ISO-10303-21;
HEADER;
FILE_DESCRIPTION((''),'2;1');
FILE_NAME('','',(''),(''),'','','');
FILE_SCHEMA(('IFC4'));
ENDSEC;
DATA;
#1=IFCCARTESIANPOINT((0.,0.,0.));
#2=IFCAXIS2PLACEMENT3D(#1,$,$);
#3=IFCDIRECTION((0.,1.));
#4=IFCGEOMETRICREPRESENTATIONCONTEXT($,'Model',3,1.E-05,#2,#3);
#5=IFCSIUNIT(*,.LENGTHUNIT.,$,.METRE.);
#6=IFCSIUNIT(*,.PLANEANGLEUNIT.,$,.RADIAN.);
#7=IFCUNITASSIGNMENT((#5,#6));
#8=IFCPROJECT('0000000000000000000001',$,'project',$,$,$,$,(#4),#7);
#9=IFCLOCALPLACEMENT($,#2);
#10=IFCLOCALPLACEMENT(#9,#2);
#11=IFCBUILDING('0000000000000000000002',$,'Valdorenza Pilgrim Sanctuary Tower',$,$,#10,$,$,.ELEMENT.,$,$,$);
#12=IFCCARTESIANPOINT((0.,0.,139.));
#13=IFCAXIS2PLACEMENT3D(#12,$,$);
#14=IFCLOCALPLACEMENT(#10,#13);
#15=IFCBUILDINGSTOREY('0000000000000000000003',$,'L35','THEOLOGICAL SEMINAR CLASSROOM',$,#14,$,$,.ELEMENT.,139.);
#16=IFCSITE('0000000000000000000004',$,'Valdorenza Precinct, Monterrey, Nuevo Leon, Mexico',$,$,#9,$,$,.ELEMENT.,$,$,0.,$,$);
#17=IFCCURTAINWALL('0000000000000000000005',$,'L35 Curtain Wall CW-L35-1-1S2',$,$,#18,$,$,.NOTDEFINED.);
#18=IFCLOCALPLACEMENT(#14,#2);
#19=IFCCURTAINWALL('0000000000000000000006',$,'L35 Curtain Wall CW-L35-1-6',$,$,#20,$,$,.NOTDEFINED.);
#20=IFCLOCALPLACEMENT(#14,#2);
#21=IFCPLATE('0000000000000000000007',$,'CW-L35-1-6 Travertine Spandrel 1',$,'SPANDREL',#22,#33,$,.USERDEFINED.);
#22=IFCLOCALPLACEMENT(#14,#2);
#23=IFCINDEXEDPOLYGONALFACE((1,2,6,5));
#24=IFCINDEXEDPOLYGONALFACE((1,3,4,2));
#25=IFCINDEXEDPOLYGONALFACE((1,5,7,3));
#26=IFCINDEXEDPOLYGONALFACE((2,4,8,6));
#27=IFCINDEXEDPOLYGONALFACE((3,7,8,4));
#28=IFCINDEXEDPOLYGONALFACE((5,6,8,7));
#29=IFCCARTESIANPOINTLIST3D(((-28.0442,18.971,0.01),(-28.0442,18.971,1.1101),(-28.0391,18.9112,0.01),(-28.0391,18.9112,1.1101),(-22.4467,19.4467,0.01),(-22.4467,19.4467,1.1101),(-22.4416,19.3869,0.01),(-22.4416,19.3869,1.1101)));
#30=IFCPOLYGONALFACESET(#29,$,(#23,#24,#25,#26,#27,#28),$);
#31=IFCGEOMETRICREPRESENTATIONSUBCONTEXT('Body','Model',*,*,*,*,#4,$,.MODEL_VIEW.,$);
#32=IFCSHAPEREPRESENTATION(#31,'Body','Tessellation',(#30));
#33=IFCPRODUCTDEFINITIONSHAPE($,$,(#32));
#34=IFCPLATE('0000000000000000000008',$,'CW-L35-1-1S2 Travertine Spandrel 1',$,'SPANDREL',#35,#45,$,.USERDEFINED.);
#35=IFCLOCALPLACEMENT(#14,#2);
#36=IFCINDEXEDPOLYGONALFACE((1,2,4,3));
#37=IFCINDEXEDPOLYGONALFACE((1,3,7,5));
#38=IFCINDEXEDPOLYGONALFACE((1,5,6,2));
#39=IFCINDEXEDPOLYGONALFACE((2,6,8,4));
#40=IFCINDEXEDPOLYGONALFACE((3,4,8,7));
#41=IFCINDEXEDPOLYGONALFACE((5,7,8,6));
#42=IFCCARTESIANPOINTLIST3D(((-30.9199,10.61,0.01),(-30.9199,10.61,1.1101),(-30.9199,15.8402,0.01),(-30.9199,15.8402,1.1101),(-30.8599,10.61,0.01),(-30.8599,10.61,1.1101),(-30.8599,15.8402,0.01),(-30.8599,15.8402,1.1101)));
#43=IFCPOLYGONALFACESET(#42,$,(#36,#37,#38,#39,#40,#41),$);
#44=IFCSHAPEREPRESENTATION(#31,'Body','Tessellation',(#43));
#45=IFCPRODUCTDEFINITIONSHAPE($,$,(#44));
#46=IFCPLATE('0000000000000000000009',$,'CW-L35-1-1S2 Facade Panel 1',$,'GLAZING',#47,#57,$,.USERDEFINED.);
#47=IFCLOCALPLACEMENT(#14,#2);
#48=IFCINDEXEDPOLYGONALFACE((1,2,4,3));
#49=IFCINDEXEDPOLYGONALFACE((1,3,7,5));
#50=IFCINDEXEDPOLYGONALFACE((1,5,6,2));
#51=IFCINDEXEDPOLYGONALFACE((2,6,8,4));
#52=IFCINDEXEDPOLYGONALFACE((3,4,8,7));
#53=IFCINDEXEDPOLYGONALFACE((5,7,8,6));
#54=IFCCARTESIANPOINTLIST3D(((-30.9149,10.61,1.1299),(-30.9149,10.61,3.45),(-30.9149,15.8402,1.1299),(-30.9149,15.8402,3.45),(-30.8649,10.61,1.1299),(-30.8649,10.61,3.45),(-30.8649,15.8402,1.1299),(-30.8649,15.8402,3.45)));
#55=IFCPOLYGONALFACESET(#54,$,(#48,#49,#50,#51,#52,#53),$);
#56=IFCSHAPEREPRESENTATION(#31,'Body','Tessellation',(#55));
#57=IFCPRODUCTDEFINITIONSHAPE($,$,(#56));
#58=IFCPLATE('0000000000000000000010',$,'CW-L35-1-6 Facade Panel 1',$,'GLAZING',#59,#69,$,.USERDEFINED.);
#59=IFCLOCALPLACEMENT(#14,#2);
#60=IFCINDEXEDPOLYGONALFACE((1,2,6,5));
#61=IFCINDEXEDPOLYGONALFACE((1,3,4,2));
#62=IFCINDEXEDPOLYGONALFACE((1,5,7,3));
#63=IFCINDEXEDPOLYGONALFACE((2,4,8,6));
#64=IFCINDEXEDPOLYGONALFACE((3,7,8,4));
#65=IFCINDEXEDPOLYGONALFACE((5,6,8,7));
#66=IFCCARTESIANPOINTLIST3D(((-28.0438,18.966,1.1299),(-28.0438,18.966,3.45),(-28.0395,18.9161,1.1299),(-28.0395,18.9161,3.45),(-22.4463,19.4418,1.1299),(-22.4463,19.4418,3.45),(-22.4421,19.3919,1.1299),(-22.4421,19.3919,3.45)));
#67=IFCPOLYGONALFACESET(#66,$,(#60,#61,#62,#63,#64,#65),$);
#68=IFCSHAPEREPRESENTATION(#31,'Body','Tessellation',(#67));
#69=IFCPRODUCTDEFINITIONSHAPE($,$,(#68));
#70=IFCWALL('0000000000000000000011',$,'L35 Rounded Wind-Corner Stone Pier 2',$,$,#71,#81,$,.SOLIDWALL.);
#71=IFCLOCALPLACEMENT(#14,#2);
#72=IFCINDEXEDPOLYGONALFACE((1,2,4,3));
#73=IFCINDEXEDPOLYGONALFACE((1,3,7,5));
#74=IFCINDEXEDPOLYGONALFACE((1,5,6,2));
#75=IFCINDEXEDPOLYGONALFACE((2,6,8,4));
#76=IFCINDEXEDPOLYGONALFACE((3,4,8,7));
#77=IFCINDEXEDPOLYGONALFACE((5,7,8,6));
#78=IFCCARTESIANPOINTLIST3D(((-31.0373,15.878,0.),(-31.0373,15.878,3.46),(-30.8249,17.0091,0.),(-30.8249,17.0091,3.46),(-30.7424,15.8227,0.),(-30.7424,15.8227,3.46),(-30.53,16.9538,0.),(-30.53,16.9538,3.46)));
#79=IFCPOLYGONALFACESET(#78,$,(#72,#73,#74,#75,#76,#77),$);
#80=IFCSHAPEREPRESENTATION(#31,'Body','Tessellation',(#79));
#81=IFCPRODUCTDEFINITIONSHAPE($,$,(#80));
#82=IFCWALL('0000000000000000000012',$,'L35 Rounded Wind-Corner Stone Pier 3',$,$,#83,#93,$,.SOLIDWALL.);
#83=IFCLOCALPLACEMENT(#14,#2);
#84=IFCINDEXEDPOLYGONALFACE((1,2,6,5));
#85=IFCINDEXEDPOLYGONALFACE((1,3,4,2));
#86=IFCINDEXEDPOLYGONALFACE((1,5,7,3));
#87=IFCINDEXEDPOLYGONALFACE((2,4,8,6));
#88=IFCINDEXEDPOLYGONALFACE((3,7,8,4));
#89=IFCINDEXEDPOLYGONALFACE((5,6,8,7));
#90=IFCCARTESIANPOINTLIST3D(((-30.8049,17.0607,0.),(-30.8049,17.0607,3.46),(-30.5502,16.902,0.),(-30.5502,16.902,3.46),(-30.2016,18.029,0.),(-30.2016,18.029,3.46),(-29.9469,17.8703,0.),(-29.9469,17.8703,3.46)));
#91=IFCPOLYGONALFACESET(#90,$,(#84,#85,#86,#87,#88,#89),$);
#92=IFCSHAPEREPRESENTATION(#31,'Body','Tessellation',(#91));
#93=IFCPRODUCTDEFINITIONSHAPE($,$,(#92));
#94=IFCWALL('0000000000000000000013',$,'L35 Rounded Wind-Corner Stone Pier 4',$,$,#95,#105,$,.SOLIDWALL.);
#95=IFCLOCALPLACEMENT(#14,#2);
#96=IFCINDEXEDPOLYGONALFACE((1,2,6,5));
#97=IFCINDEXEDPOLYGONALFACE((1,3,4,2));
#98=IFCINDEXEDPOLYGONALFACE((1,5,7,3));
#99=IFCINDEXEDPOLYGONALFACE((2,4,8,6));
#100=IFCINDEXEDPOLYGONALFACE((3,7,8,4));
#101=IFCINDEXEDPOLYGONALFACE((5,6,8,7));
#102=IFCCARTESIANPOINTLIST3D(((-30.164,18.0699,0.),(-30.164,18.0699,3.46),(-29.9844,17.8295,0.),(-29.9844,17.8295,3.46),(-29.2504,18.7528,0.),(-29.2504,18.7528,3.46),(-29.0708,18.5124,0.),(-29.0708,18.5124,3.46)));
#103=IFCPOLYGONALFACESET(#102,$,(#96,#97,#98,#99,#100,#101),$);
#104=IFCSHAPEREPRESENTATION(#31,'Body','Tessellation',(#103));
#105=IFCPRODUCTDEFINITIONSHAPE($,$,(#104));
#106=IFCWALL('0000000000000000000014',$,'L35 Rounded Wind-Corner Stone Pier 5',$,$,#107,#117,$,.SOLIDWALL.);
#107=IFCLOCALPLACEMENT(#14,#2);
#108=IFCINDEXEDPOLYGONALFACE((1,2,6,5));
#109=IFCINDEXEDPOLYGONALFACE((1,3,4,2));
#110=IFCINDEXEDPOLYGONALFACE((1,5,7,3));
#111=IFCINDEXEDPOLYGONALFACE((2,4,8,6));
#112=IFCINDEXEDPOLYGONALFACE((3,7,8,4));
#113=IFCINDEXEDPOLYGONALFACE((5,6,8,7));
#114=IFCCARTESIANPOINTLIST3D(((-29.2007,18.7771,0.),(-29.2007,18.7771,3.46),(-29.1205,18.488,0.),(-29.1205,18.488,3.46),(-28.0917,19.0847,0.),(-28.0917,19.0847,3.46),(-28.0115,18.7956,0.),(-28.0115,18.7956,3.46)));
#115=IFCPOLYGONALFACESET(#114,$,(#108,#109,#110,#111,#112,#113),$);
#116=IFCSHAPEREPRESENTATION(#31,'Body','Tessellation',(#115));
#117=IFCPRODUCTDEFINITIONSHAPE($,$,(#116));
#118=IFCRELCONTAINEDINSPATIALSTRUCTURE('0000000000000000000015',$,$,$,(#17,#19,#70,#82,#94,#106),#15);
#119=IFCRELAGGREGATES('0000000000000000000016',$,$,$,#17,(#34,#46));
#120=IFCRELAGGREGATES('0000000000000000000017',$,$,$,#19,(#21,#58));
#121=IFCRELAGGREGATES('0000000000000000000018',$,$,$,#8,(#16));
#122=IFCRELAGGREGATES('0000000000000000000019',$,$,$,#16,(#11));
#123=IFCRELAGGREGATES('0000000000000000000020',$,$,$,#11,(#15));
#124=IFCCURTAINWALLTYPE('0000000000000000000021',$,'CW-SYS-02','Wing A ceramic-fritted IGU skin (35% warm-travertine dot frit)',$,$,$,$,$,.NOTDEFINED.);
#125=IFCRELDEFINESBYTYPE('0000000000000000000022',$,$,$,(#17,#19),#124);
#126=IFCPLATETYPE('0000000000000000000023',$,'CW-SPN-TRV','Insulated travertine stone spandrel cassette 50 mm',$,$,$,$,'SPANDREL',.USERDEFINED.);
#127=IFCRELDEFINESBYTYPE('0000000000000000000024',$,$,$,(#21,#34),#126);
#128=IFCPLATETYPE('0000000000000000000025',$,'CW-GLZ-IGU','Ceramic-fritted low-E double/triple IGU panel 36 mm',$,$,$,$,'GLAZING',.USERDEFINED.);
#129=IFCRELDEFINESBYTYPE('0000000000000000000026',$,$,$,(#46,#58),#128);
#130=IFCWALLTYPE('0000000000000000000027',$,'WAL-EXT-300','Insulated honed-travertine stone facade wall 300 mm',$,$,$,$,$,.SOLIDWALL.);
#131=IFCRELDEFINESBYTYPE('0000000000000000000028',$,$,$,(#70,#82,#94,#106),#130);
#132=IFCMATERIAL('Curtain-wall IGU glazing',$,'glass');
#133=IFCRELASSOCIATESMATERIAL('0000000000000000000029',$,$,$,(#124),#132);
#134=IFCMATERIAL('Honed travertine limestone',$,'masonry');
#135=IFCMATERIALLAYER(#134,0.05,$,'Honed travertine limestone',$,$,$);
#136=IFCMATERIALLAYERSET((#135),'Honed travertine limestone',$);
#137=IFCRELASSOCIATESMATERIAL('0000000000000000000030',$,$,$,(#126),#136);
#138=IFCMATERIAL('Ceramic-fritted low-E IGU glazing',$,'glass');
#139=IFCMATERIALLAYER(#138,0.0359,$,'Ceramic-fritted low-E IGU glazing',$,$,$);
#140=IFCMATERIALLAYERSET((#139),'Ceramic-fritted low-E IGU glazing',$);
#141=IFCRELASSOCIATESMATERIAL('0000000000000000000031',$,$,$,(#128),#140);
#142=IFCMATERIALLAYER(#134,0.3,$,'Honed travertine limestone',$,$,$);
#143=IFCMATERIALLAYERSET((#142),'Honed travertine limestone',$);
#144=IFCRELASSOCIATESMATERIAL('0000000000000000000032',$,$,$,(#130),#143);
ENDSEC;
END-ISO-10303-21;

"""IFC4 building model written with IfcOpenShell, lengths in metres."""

from ifc_helpers import new_model, si_unit, direction, frame, frame_2d, origin, origin_2d, place, context, subcontext, project, spatial, rectangle, extrude, source, transform, mapped, material, layer, layer_set, type_object, element, aggregate, save


model = new_model("IFC4")

# Units and contexts
model_context = context("Model", 3, precision=1e-05, world=origin(), true_north=direction((0.0, 1.0)))
body_context = subcontext(model_context, "Body", "Model", "MODEL_VIEW")
ifc_project = project(units=[si_unit("LENGTHUNIT", "METRE"), si_unit("PLANEANGLEUNIT", "RADIAN")], contexts=[model_context])

# Site, building, storey
site_placement = place(None, origin())
site = spatial("IfcSite", under=ifc_project, at=site_placement, Name="Valdorenza Precinct, Monterrey, Nuevo Leon, Mexico", CompositionType="ELEMENT", RefElevation=0.0)
building_placement = place(site_placement, origin())
building = spatial("IfcBuilding", under=site, at=building_placement, Name="Valdorenza Pilgrim Sanctuary Tower", CompositionType="ELEMENT")
storey_placement = place(building_placement, frame((0.0, 0.0, 139.0)))
storey = spatial("IfcBuildingStorey", under=building, at=storey_placement, Name="L35", Description="THEOLOGICAL SEMINAR CLASSROOM", CompositionType="ELEMENT", Elevation=139.0)

# Curtain wall
ifc_material_1 = material(Name="Curtain-wall IGU glazing", Category="glass")
curtain_wall_type = type_object("IfcCurtainWallType", Name="CW-SYS-02", Description="Wing A ceramic-fritted IGU skin (35% warm-travertine dot frit)", PredefinedType="NOTDEFINED", material=ifc_material_1)
curtain_wall_1_placement = place(storey_placement, origin())
curtain_wall_1 = element("IfcCurtainWall", 1, at=curtain_wall_1_placement, inside=storey, type_object=curtain_wall_type, Name="L35 Curtain Wall CW-L35-1-1S2", PredefinedType="NOTDEFINED")

# Curtain wall, plate
curtain_wall_2_placement = place(storey_placement, origin())
curtain_wall_2 = element("IfcCurtainWall", 2, at=curtain_wall_2_placement, inside=storey, type_object=curtain_wall_type, Name="L35 Curtain Wall CW-L35-1-6", PredefinedType="NOTDEFINED")
ifc_material_2 = material(Name="Honed travertine limestone", Category="masonry")
ifc_layer_1 = layer(ifc_material_2, 0.05, Name="Honed travertine limestone")
ifc_layer_set_1 = layer_set([ifc_layer_1], Name="Honed travertine limestone")
plate_type_1 = type_object("IfcPlateType", Name="CW-SPN-TRV", Description="Insulated travertine stone spandrel cassette 50 mm", ElementType="SPANDREL", PredefinedType="USERDEFINED", material=ifc_layer_set_1)
shared_shape_1 = source(origin(), body_context, "Body", "SweptSolid", [
    extrude(rectangle(XDim=5.6177, YDim=0.0601, at=origin_2d()), origin(), (0.0, 0.0, 1.0), 1.1001),
])
plate_1_placement = place(storey_placement, frame((-25.2429, 19.179, 0.01), z_axis=(0.0, 0.0, 1.0), x_axis=(0.996408, 0.084687, 0.0)))
plate_1 = element("IfcPlate", 3, at=plate_1_placement, type_object=plate_type_1, Name="CW-L35-1-6 Travertine Spandrel 1", ObjectType="SPANDREL", PredefinedType="USERDEFINED", context=body_context, shape_type="MappedRepresentation", body=[
    mapped(shared_shape_1, transform((0.0, 0.0, 0.0), x_axis=(1.0, 0.0, 0.0), y_axis=(0.0, 1.0, 0.0), z_axis=(0.0, 0.0, 1.0), scale=1.0)),
])

# Plates
shared_shape_2 = source(origin(), body_context, "Body", "SweptSolid", [
    extrude(rectangle(XDim=5.2302, YDim=0.0601, at=origin_2d()), origin(), (0.0, 0.0, 1.0), 1.1001),
])
plate_2_placement = place(storey_placement, frame((-30.8899, 13.2251, 0.01), z_axis=(0.0, 0.0, 1.0), x_axis=(0.0, 1.0, 0.0)))
plate_2 = element("IfcPlate", 4, at=plate_2_placement, type_object=plate_type_1, Name="CW-L35-1-1S2 Travertine Spandrel 1", ObjectType="SPANDREL", PredefinedType="USERDEFINED", context=body_context, shape_type="MappedRepresentation", body=[
    mapped(shared_shape_2, transform((0.0, 0.0, 0.0), x_axis=(1.0, 0.0, 0.0), y_axis=(0.0, 1.0, 0.0), z_axis=(0.0, 0.0, 1.0), scale=1.0)),
])
ifc_material_3 = material(Name="Ceramic-fritted low-E IGU glazing", Category="glass")
ifc_layer_2 = layer(ifc_material_3, 0.0359, Name="Ceramic-fritted low-E IGU glazing")
ifc_layer_set_2 = layer_set([ifc_layer_2], Name="Ceramic-fritted low-E IGU glazing")
plate_type_2 = type_object("IfcPlateType", Name="CW-GLZ-IGU", Description="Ceramic-fritted low-E double/triple IGU panel 36 mm", ElementType="GLAZING", PredefinedType="USERDEFINED", material=ifc_layer_set_2)
shared_shape_3 = source(origin(), body_context, "Body", "SweptSolid", [
    extrude(rectangle(XDim=5.2302, YDim=0.05, at=origin_2d()), origin(), (0.0, 0.0, 1.0), 2.3201),
])
plate_3_placement = place(storey_placement, frame((-30.8899, 13.2251, 1.1299), z_axis=(0.0, 0.0, 1.0), x_axis=(0.0, 1.0, 0.0)))
plate_3 = element("IfcPlate", 5, at=plate_3_placement, type_object=plate_type_2, Name="CW-L35-1-1S2 Facade Panel 1", ObjectType="GLAZING", PredefinedType="USERDEFINED", context=body_context, shape_type="MappedRepresentation", body=[
    mapped(shared_shape_3, transform((0.0, 0.0, 0.0), x_axis=(1.0, 0.0, 0.0), y_axis=(0.0, 1.0, 0.0), z_axis=(0.0, 0.0, 1.0), scale=1.0)),
])
aggregate(curtain_wall_1, [plate_2, plate_3])
shared_shape_4 = source(origin(), body_context, "Body", "SweptSolid", [
    extrude(rectangle(XDim=5.6177, YDim=0.05, at=origin_2d()), origin(), (0.0, 0.0, 1.0), 2.3201),
])
plate_4_placement = place(storey_placement, frame((-25.2429, 19.179, 1.1299), z_axis=(0.0, 0.0, 1.0), x_axis=(0.996408, 0.084687, 0.0)))
plate_4 = element("IfcPlate", 6, at=plate_4_placement, type_object=plate_type_2, Name="CW-L35-1-6 Facade Panel 1", ObjectType="GLAZING", PredefinedType="USERDEFINED", context=body_context, shape_type="MappedRepresentation", body=[
    mapped(shared_shape_4, transform((0.0, 0.0, 0.0), x_axis=(1.0, 0.0, 0.0), y_axis=(0.0, 1.0, 0.0), z_axis=(0.0, 0.0, 1.0), scale=1.0)),
])
aggregate(curtain_wall_2, [plate_1, plate_4])

# Walls
ifc_layer_3 = layer(ifc_material_2, 0.3, Name="Honed travertine limestone")
ifc_layer_set_3 = layer_set([ifc_layer_3], Name="Honed travertine limestone")
wall_type = type_object("IfcWallType", Name="WAL-EXT-300", Description="Insulated honed-travertine stone facade wall 300 mm", PredefinedType="SOLIDWALL", material=ifc_layer_set_3)
wall_1_placement = place(storey_placement, frame((-30.8899, 15.8503, 0.0), z_axis=(0.0, 0.0, 1.0), x_axis=(0.184557, 0.982822, 0.0)))
element("IfcWall", 7, at=wall_1_placement, inside=storey, type_object=wall_type, Name="L35 Rounded Wind-Corner Stone Pier 2", PredefinedType="SOLIDWALL", context=body_context, shape_type="SweptSolid", body=[
    extrude(rectangle(XDim=1.1509, YDim=0.3, at=frame_2d((0.5754, 0.0))), origin(), (0.0, 0.0, 1.0), 3.46),
])
wall_2_placement = place(storey_placement, frame((-30.6775, 16.9814, 0.0), z_axis=(0.0, 0.0, 1.0), x_axis=(0.528806, 0.848743, 0.0)))
element("IfcWall", 8, at=wall_2_placement, inside=storey, type_object=wall_type, Name="L35 Rounded Wind-Corner Stone Pier 3", PredefinedType="SOLIDWALL", context=body_context, shape_type="SweptSolid", body=[
    extrude(rectangle(XDim=1.1409, YDim=0.3, at=frame_2d((0.5703, 0.0))), origin(), (0.0, 0.0, 1.0), 3.46),
])
wall_3_placement = place(storey_placement, frame((-30.0742, 17.9497, 0.0), z_axis=(0.0, 0.0, 1.0), x_axis=(0.800975, 0.598698, 0.0)))
element("IfcWall", 9, at=wall_3_placement, inside=storey, type_object=wall_type, Name="L35 Rounded Wind-Corner Stone Pier 4", PredefinedType="SOLIDWALL", context=body_context, shape_type="SweptSolid", body=[
    extrude(rectangle(XDim=1.1406, YDim=0.3, at=frame_2d((0.5703, 0.0))), origin(), (0.0, 0.0, 1.0), 3.46),
])
wall_4_placement = place(storey_placement, frame((-29.1606, 18.6326, 0.0), z_axis=(0.0, 0.0, 1.0), x_axis=(0.963624, 0.267261, 0.0)))
element("IfcWall", 10, at=wall_4_placement, inside=storey, type_object=wall_type, Name="L35 Rounded Wind-Corner Stone Pier 5", PredefinedType="SOLIDWALL", context=body_context, shape_type="SweptSolid", body=[
    extrude(rectangle(XDim=1.1509, YDim=0.3, at=frame_2d((0.5754, 0.0))), origin(), (0.0, 0.0, 1.0), 3.46),
])

save(model, "model.ifc")
